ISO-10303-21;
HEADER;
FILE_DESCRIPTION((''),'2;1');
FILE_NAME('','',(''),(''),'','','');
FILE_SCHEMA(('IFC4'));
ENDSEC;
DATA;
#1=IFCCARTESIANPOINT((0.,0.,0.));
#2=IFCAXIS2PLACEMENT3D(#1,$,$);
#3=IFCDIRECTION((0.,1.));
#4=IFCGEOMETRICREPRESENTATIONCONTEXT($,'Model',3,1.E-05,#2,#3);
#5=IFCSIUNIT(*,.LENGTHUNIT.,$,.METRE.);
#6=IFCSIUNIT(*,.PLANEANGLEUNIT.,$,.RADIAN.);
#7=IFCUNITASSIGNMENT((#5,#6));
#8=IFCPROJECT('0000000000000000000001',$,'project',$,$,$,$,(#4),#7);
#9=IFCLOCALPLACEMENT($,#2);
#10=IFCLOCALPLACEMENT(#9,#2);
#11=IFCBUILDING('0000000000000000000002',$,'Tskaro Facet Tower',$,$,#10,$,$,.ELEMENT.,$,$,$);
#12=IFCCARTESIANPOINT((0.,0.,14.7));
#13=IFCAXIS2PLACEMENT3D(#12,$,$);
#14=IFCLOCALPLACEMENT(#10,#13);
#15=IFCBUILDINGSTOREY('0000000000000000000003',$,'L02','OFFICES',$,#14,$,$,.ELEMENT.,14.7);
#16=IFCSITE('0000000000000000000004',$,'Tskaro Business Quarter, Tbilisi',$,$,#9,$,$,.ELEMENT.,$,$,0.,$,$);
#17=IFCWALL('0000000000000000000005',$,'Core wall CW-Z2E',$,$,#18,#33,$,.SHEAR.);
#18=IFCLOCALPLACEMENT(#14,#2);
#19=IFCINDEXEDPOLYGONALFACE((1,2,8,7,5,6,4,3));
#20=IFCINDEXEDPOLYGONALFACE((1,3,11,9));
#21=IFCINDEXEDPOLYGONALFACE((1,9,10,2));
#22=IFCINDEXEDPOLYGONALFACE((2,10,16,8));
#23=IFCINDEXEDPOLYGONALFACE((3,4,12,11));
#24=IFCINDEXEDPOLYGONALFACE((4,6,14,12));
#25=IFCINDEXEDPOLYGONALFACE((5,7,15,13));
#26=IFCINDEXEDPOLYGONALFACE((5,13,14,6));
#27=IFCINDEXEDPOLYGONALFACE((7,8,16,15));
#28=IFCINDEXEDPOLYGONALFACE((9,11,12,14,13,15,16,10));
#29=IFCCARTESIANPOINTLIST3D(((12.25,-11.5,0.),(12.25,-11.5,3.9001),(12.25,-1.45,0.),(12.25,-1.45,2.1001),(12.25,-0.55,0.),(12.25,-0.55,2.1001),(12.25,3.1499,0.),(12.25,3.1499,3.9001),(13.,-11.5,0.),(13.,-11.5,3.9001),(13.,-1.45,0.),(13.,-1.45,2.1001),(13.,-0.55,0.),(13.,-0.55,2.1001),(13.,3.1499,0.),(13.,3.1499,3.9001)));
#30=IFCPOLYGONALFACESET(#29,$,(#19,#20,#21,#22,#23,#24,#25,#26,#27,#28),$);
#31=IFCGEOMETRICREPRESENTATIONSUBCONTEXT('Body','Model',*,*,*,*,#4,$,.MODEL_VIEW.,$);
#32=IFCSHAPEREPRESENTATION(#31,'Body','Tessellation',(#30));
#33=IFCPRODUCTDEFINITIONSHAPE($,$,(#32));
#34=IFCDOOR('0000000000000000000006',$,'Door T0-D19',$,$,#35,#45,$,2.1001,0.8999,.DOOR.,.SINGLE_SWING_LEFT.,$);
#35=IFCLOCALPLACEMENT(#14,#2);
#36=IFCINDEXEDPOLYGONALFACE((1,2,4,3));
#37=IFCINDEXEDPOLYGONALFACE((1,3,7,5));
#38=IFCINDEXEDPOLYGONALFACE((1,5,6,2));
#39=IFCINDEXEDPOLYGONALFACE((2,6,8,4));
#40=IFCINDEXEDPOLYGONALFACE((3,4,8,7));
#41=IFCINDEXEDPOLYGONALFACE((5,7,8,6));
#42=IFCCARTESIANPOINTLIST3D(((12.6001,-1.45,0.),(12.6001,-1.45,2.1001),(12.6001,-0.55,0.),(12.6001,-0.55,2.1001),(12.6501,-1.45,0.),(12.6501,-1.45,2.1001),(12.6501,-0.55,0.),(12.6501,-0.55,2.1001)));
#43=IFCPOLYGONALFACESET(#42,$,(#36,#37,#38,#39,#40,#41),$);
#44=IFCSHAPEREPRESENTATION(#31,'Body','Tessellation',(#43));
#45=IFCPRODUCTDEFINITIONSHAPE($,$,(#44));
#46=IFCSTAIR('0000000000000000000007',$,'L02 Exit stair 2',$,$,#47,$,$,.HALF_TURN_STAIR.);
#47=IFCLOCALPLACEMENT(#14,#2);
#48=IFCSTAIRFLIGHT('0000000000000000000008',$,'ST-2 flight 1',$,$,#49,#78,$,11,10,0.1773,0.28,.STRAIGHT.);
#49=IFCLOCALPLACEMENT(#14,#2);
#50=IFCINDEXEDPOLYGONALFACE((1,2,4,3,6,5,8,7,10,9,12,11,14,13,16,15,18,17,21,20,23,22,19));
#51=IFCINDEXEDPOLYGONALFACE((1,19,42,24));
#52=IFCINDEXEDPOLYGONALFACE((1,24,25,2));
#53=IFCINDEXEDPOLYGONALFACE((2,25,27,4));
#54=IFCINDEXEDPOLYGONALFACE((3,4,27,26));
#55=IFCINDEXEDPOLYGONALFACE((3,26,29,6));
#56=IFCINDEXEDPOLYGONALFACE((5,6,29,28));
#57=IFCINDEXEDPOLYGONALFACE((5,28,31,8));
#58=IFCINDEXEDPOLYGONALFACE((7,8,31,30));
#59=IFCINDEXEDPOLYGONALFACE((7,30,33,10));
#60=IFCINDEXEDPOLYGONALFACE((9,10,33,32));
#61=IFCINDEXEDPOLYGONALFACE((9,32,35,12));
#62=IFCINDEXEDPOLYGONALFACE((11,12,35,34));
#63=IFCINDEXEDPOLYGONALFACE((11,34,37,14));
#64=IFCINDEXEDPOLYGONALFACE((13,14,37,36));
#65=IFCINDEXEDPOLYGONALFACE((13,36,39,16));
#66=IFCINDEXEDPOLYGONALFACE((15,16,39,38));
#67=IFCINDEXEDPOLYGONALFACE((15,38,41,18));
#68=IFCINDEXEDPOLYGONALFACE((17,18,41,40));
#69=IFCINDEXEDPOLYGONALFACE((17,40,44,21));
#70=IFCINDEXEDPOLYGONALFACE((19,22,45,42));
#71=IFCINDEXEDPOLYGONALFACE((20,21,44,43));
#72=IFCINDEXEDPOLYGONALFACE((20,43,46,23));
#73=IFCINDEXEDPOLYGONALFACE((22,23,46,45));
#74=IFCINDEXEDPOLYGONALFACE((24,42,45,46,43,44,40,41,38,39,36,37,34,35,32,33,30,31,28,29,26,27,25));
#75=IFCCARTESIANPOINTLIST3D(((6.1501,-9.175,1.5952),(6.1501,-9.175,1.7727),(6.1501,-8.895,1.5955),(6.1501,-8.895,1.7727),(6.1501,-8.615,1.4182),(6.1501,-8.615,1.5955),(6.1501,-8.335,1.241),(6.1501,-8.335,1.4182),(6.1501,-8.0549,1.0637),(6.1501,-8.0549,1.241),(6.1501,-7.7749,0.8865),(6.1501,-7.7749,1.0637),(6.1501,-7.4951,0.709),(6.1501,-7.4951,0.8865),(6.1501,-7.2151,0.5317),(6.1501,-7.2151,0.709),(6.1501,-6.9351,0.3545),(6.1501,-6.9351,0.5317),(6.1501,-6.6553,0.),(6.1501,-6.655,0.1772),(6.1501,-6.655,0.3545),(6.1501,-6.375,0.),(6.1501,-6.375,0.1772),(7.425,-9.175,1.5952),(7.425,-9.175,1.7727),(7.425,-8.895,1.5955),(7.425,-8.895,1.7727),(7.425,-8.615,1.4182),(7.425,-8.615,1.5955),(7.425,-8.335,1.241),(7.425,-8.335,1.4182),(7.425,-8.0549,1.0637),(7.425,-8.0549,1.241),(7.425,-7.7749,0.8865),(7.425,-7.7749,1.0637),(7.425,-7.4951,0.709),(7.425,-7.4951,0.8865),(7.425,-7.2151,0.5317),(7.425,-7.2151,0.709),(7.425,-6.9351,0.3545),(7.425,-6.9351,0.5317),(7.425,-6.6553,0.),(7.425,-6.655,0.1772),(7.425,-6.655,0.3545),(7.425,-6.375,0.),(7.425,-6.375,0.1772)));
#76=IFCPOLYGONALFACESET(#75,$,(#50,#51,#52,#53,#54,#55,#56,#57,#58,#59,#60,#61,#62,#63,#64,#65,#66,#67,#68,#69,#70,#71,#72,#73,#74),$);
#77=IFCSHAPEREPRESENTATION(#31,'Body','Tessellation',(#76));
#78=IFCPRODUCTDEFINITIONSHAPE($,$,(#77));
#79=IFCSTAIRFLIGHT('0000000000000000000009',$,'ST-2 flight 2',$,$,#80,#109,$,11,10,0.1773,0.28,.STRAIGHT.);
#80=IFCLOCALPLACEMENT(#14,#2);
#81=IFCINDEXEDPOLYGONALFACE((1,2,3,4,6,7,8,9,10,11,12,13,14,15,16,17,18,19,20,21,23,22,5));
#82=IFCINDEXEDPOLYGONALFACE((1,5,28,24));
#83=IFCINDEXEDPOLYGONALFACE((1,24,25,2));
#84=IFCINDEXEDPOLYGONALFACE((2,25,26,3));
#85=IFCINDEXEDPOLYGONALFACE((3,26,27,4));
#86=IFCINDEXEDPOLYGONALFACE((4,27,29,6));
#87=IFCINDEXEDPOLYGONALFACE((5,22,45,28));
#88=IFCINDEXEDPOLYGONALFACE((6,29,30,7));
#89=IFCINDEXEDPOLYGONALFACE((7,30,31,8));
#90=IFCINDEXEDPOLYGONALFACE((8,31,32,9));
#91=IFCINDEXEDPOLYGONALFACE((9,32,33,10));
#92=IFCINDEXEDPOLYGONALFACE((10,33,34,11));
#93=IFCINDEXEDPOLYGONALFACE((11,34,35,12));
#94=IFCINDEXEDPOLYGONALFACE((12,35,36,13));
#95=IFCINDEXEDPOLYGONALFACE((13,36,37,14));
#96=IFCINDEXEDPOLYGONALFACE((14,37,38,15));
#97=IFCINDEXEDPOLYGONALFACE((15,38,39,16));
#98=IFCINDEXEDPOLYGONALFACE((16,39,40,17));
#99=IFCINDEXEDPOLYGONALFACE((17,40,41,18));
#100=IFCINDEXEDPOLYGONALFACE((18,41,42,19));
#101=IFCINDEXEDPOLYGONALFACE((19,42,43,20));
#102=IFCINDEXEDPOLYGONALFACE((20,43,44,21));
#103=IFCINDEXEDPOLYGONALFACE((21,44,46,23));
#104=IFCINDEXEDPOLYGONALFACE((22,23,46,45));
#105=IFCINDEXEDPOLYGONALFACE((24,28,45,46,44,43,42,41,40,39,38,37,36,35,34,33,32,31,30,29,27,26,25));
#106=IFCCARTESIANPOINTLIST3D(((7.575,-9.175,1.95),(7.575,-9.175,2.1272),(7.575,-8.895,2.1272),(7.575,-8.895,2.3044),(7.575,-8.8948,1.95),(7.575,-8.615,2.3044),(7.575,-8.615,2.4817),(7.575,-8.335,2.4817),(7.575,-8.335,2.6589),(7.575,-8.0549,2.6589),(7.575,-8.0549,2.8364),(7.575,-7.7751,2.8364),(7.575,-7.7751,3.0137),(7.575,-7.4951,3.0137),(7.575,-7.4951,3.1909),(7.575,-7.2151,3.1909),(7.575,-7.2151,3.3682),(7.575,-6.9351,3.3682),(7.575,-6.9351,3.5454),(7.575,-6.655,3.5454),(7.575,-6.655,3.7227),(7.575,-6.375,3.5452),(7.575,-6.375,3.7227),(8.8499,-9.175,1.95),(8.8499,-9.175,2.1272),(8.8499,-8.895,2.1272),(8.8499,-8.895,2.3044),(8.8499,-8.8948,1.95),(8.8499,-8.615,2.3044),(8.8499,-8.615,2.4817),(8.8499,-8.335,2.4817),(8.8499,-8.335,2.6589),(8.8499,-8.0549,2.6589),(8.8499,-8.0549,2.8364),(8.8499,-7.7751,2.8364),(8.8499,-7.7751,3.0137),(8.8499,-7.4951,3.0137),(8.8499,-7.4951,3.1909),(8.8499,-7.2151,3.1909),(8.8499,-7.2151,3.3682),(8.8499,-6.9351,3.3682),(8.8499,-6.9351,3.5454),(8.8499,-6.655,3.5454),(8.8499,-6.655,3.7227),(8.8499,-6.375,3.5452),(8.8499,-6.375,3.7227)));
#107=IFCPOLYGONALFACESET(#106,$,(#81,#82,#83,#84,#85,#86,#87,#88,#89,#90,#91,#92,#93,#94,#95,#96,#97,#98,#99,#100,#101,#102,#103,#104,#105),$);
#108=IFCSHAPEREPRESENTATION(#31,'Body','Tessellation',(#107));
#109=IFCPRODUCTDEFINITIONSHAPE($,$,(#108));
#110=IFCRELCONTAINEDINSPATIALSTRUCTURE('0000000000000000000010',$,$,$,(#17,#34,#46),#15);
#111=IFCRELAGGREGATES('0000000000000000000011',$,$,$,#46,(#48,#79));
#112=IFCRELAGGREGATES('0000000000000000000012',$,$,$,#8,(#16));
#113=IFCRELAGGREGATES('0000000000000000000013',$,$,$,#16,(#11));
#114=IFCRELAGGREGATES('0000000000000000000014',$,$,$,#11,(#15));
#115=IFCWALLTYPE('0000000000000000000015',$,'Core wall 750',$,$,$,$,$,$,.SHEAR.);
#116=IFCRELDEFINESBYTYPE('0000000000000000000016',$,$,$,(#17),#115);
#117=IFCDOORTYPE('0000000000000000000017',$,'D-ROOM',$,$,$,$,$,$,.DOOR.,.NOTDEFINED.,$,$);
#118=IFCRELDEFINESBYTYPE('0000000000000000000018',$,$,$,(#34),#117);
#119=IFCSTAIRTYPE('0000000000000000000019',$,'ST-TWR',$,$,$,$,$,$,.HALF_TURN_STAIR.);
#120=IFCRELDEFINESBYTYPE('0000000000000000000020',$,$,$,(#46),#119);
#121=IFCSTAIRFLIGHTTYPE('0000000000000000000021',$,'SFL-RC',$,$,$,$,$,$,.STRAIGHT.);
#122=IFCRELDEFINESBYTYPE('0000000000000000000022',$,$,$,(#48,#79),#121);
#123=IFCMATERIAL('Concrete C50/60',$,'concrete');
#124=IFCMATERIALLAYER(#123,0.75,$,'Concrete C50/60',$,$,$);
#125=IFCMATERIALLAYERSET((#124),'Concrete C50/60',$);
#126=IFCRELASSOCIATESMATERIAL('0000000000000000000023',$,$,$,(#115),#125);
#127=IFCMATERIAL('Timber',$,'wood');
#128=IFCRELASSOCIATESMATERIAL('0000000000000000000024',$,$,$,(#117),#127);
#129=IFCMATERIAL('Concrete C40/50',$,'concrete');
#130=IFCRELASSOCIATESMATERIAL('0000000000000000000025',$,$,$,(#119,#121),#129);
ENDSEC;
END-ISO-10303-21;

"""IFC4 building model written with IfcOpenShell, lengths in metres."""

from ifc_helpers import new_model, si_unit, direction, frame, frame_2d, origin, place, context, subcontext, project, spatial, polyline, rectangle, outline, extrude, material, layer, layer_set, type_object, element, fill, aggregate, save


model = new_model("IFC4")

# Units and contexts
model_context = context("Model", 3, precision=1e-05, world=origin(), true_north=direction((0.0, 1.0)))
body_context = subcontext(model_context, "Body", "Model", "MODEL_VIEW")
ifc_project = project(units=[si_unit("LENGTHUNIT", "METRE"), si_unit("PLANEANGLEUNIT", "RADIAN")], contexts=[model_context])

# Site, building, storey
site_placement = place(None, origin())
site = spatial("IfcSite", under=ifc_project, at=site_placement, Name="Tskaro Business Quarter, Tbilisi", CompositionType="ELEMENT", RefElevation=0.0)
building_placement = place(site_placement, origin())
building = spatial("IfcBuilding", under=site, at=building_placement, Name="Tskaro Facet Tower", CompositionType="ELEMENT")
storey_placement = place(building_placement, frame((0.0, 0.0, 14.7)))
storey = spatial("IfcBuildingStorey", under=building, at=storey_placement, Name="L02", Description="OFFICES", CompositionType="ELEMENT", Elevation=14.7)

# Shared definitions
ifc_material_1 = material(Name="Concrete C40/50", Category="concrete")

# Wall, opening, door
ifc_material_2 = material(Name="Concrete C50/60", Category="concrete")
ifc_layer_1 = layer(ifc_material_2, 0.75, Name="Concrete C50/60")
ifc_layer_set_1 = layer_set([ifc_layer_1], Name="Concrete C50/60")
wall_type_1 = type_object("IfcWallType", Name="Core wall 750", PredefinedType="SHEAR", material=ifc_layer_set_1)
wall_1_placement = place(storey_placement, frame((12.625, -11.5, 0.0), z_axis=(0.0, 0.0, 1.0), x_axis=(0.0, 1.0, 0.0)))
wall_1 = element("IfcWall", 1, at=wall_1_placement, inside=storey, type_object=wall_type_1, Name="Core wall CW-Z2E", PredefinedType="SHEAR", context=body_context, shape_type="SweptSolid", body=[
    extrude(rectangle(XDim=14.6499, YDim=0.75, at=frame_2d((7.325, 0.0))), origin(), (0.0, 0.0, 1.0), 3.9001),
])
opening_1_placement = place(wall_1_placement, frame((10.05, 0.0, 0.0)))
opening_1 = element("IfcOpeningElement", 2, at=opening_1_placement, cuts=wall_1, PredefinedType="OPENING", context=body_context, shape_type="SweptSolid", body=[
    extrude(rectangle(XDim=0.8999, YDim=2.1001, at=frame_2d((0.45, 1.05))), frame((0.0, 0.385, 0.0), z_axis=(0.0, -1.0, 0.0), x_axis=(1.0, 0.0, 0.0)), (0.0, 0.0, 1.0), 0.77),
])
ifc_material_3 = material(Name="Timber", Category="wood")
door_type_1 = type_object("IfcDoorType", Name="D-ROOM", OperationType="NOTDEFINED", PredefinedType="DOOR", material=ifc_material_3)
door_1_placement = place(opening_1_placement, origin())
door_1 = element("IfcDoor", 3, at=door_1_placement, inside=storey, type_object=door_type_1, Name="Door T0-D19", OperationType="SINGLE_SWING_LEFT", OverallHeight=2.1001, OverallWidth=0.8999, PredefinedType="DOOR", context=body_context, shape_type="SweptSolid", body=[
    extrude(rectangle(XDim=0.8999, YDim=2.1001, at=frame_2d((0.45, 1.05))), frame((0.0, 0.0249, 0.0), z_axis=(0.0, -1.0, 0.0), x_axis=(1.0, 0.0, 0.0)), (0.0, 0.0, 1.0), 0.05),
])
fill(opening_1, door_1)

# Stair, stair flights
stair_type = type_object("IfcStairType", Name="ST-TWR", PredefinedType="HALF_TURN_STAIR", material=ifc_material_1)
stair_placement = place(storey_placement, origin())
stair = element("IfcStair", 4, at=stair_placement, inside=storey, type_object=stair_type, Name="L02 Exit stair 2", PredefinedType="HALF_TURN_STAIR")
stair_flight_type = type_object("IfcStairFlightType", Name="SFL-RC", PredefinedType="STRAIGHT", material=ifc_material_1)
stair_flight_1_placement = place(storey_placement, frame((6.7876, -6.375, 0.0), z_axis=(0.0, 0.0, 1.0), x_axis=(0.0, -1.0, 0.0)))
stair_flight_1 = element("IfcStairFlight", 5, at=stair_flight_1_placement, type_object=stair_flight_type, Name="ST-2 flight 1", NumberOfRisers=11, NumberOfTreads=10, PredefinedType="STRAIGHT", RiserHeight=0.1773, TreadLength=0.28, context=body_context, shape_type="SweptSolid", body=[
    extrude(outline(polyline([(0.0, 0.0), (0.0, 0.1772), (0.28, 0.1772), (0.28, 0.3545), (0.5601, 0.3545), (0.5601, 0.5317), (0.8401, 0.5317), (0.8401, 0.709), (1.1201, 0.709), (1.1201, 0.8865), (1.3999, 0.8865), (1.3999, 1.0637), (1.6799, 1.0637), (1.6799, 1.241), (1.96, 1.241), (1.96, 1.4182), (2.24, 1.4182), (2.24, 1.5955), (2.52, 1.5955), (2.52, 1.7727), (2.8, 1.7727), (2.8, 1.95), (2.8, 1.5952), (0.2803, 0.0), (0.0, 0.0)])), frame((0.0, 0.6375, 0.0), z_axis=(0.0, -1.0, 0.0), x_axis=(1.0, 0.0, 0.0)), (0.0, 0.0, 1.0), 1.2749),
])
stair_flight_2_placement = place(storey_placement, frame((8.2124, -9.175, 1.95), z_axis=(0.0, 0.0, 1.0), x_axis=(0.0, 1.0, 0.0)))
stair_flight_2 = element("IfcStairFlight", 6, at=stair_flight_2_placement, type_object=stair_flight_type, Name="ST-2 flight 2", NumberOfRisers=11, NumberOfTreads=10, PredefinedType="STRAIGHT", RiserHeight=0.1773, TreadLength=0.28, context=body_context, shape_type="SweptSolid", body=[
    extrude(outline(polyline([(0.0, 0.0), (0.0, 0.1772), (0.28, 0.1772), (0.28, 0.3545), (0.5601, 0.3545), (0.5601, 0.5317), (0.8401, 0.5317), (0.8401, 0.709), (1.1201, 0.709), (1.1201, 0.8865), (1.3999, 0.8865), (1.3999, 1.0637), (1.6799, 1.0637), (1.6799, 1.241), (1.96, 1.241), (1.96, 1.4182), (2.24, 1.4182), (2.24, 1.5955), (2.52, 1.5955), (2.52, 1.7727), (2.8, 1.7727), (2.8, 1.95), (2.8, 1.5952), (0.2803, 0.0), (0.0, 0.0)])), frame((0.0, 0.6375, 0.0), z_axis=(0.0, -1.0, 0.0), x_axis=(1.0, 0.0, 0.0)), (0.0, 0.0, 1.0), 1.2749),
])
aggregate(stair, [stair_flight_1, stair_flight_2])

save(model, "model.ifc")
